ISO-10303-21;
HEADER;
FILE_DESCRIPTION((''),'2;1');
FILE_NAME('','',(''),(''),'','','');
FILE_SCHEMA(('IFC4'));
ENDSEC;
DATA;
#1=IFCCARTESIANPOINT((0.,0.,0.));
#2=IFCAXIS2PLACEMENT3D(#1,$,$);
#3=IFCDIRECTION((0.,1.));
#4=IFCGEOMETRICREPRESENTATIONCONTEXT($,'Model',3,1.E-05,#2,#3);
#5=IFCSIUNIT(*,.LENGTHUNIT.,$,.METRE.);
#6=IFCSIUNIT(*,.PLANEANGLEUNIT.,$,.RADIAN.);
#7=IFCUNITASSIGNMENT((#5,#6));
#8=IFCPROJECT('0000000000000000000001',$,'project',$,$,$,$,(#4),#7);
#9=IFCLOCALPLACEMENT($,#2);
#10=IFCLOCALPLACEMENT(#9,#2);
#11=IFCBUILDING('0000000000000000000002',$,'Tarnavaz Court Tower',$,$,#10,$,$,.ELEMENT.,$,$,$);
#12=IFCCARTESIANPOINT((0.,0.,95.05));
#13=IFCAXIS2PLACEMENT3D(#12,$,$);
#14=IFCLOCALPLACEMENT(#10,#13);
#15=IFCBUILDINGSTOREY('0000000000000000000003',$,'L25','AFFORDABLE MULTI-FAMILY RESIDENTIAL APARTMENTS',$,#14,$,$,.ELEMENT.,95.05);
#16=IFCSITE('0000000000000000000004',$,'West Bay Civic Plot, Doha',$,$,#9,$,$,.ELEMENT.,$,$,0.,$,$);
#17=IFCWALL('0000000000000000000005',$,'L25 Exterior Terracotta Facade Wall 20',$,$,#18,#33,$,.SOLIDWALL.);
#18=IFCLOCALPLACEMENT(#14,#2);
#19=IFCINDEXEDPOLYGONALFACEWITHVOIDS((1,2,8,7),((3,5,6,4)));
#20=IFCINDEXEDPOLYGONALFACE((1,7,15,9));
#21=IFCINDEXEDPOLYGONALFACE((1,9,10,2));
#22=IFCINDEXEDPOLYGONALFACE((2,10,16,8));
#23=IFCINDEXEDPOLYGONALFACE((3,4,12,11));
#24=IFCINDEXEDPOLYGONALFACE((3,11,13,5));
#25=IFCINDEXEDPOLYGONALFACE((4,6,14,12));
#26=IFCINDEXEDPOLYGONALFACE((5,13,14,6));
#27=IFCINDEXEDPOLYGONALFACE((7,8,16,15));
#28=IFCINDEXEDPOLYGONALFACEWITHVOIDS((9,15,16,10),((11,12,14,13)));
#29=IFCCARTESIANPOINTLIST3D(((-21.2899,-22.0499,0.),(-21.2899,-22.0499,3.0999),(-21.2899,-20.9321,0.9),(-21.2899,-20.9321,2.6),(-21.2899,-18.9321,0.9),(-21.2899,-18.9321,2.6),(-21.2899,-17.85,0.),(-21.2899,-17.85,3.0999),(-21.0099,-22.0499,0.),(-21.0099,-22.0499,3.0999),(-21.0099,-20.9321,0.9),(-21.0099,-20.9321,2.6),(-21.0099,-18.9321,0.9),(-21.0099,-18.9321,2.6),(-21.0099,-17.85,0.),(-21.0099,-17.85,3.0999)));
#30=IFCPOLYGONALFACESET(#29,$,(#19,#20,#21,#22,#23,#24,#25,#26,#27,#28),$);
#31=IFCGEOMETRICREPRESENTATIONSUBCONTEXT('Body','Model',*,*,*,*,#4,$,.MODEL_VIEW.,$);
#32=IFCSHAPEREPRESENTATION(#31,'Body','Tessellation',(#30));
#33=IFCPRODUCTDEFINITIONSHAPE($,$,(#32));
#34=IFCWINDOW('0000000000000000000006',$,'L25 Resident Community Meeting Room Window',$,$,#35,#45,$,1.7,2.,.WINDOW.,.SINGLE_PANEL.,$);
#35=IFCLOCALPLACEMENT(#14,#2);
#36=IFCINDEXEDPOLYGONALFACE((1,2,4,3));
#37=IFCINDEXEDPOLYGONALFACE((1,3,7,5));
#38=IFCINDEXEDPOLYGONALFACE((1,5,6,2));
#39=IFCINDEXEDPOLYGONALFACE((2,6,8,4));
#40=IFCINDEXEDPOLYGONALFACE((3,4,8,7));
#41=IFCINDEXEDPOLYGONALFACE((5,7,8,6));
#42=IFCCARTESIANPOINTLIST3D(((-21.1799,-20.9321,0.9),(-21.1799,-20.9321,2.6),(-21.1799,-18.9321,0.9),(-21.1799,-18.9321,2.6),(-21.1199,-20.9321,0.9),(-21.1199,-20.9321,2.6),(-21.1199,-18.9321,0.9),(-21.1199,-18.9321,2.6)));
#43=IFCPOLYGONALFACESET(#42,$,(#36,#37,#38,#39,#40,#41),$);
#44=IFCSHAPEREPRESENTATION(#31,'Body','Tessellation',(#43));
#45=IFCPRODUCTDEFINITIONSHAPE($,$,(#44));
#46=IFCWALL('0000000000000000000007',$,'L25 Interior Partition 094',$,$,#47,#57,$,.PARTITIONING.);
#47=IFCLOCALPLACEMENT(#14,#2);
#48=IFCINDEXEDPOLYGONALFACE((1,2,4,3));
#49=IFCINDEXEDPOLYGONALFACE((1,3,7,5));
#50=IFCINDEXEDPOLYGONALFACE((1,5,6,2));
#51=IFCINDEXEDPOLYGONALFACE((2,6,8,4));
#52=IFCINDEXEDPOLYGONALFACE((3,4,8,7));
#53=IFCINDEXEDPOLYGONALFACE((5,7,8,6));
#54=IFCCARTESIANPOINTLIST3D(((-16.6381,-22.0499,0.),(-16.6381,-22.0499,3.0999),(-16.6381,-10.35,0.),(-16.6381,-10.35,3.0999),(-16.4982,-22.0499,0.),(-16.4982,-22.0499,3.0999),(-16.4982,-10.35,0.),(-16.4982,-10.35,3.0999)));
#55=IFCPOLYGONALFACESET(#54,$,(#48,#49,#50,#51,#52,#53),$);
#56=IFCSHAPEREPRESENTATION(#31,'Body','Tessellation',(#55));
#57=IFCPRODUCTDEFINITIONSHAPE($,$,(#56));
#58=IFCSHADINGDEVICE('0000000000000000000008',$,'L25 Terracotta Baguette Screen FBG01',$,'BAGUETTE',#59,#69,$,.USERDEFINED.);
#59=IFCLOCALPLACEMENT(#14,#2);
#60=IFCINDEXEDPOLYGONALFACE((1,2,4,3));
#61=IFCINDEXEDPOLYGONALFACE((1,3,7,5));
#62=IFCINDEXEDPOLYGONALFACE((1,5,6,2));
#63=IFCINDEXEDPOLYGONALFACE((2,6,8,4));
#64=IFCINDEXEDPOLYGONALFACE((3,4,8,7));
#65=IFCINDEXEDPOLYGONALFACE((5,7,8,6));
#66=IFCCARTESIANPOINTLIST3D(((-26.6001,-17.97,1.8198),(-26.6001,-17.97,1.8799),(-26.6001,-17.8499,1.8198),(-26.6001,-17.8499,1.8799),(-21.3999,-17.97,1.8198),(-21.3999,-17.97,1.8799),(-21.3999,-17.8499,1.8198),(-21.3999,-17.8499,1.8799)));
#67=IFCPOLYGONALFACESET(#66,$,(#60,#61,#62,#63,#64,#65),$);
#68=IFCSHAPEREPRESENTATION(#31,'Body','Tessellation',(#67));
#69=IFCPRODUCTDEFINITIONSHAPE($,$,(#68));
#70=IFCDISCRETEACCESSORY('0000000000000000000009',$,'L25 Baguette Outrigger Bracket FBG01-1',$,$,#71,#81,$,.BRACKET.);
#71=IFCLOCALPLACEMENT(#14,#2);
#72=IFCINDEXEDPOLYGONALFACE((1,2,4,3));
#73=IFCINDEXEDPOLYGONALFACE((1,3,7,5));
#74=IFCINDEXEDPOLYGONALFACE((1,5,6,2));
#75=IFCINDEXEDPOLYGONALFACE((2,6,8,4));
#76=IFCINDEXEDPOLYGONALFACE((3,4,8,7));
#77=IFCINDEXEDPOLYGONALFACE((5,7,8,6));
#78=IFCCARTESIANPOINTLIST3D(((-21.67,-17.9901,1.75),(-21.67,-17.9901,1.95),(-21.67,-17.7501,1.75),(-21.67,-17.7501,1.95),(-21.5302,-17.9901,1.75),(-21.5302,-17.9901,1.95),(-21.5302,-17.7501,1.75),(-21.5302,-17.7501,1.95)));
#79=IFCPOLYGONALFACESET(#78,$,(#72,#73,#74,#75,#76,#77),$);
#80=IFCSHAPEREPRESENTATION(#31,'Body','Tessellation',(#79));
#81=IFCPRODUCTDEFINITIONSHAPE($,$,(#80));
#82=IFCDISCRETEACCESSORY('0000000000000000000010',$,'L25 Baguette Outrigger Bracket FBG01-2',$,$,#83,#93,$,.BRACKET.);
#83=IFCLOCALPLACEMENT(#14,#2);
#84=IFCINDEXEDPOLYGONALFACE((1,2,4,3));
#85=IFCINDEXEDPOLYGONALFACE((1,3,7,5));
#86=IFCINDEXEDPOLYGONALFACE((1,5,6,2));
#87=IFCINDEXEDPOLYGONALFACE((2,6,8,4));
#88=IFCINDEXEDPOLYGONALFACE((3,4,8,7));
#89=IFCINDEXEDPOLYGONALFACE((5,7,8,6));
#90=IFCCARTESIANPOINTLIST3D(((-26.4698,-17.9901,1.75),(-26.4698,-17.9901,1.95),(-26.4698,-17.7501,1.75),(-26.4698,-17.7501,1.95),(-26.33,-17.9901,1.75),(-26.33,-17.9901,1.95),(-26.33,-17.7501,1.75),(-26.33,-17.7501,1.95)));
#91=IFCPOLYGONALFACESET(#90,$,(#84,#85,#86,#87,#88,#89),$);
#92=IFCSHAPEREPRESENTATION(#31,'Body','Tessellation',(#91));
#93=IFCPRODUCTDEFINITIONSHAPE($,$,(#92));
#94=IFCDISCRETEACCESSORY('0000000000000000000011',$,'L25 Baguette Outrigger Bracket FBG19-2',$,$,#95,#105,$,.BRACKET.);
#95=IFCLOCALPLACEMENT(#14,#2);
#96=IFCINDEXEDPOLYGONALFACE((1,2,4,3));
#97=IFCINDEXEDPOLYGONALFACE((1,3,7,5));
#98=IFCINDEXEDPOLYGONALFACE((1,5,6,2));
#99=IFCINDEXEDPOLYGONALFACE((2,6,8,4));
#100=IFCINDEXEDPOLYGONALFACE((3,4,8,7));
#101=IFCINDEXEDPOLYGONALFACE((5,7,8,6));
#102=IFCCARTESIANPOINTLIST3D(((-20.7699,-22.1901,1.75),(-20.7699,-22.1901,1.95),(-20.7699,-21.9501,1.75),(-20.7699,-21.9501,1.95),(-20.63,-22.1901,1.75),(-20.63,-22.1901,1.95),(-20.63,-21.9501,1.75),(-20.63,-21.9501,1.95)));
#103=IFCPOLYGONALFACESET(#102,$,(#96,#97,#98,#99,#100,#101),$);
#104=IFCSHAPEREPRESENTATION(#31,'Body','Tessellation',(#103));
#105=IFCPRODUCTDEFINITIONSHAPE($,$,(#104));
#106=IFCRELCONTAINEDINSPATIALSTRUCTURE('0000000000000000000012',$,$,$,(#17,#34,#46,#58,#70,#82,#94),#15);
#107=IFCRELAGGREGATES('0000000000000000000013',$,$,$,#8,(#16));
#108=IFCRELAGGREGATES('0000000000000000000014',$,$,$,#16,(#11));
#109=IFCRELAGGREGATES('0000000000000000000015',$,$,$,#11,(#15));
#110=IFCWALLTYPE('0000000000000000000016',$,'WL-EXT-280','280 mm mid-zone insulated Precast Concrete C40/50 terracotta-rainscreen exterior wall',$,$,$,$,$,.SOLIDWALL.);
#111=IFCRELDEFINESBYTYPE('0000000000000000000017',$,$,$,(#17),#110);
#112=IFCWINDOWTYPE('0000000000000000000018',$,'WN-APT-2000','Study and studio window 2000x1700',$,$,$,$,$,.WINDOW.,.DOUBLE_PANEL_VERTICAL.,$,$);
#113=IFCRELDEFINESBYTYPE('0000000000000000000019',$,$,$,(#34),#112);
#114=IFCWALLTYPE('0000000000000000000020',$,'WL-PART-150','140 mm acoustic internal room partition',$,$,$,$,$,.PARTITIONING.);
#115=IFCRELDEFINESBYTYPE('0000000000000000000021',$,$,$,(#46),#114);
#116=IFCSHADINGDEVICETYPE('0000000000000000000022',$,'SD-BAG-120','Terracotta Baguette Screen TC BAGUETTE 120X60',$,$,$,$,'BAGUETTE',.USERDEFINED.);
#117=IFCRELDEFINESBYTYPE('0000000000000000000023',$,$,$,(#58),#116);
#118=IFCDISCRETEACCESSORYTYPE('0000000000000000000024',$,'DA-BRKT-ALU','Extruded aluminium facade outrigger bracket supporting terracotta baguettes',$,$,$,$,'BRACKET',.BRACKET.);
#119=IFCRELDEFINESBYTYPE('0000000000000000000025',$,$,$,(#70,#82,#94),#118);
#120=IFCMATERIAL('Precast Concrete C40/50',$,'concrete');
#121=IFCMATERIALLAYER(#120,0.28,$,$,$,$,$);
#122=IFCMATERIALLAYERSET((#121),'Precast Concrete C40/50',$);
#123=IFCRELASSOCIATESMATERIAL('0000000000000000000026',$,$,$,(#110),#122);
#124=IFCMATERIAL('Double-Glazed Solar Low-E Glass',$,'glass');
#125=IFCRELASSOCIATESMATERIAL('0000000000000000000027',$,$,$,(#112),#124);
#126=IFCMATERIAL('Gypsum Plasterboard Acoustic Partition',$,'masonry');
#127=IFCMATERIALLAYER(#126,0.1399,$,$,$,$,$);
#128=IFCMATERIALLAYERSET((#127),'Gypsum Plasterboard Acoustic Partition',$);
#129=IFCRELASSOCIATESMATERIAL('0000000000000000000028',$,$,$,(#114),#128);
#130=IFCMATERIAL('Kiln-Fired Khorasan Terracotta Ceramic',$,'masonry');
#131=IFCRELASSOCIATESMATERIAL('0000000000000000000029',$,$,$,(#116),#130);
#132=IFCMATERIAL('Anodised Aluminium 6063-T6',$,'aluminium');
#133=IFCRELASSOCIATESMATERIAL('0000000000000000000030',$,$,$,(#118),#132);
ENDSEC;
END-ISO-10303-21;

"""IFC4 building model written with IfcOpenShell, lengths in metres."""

from ifc_helpers import new_model, si_unit, direction, frame, frame_2d, origin, origin_2d, place, context, subcontext, project, spatial, rectangle, extrude, material, layer, layer_set, material_profile, profile_set, type_object, element, fill, save


model = new_model("IFC4")

# Units and contexts
model_context = context("Model", 3, precision=1e-05, world=origin(), true_north=direction((0.0, 1.0)))
body_context = subcontext(model_context, "Body", "Model", "MODEL_VIEW")
ifc_project = project(units=[si_unit("LENGTHUNIT", "METRE"), si_unit("PLANEANGLEUNIT", "RADIAN")], contexts=[model_context])

# Site, building, storey
site_placement = place(None, origin())
site = spatial("IfcSite", under=ifc_project, at=site_placement, Name="West Bay Civic Plot, Doha", CompositionType="ELEMENT", RefElevation=0.0)
building_placement = place(site_placement, origin())
building = spatial("IfcBuilding", under=site, at=building_placement, Name="Tarnavaz Court Tower", CompositionType="ELEMENT")
storey_placement = place(building_placement, frame((0.0, 0.0, 95.05)))
storey = spatial("IfcBuildingStorey", under=building, at=storey_placement, Name="L25", Description="AFFORDABLE MULTI-FAMILY RESIDENTIAL APARTMENTS", CompositionType="ELEMENT", Elevation=95.05)

# Shared definitions
ifc_material_1 = material(Name="Precast Concrete C40/50", Category="concrete")
ifc_layer_1 = layer(ifc_material_1, 0.28)
ifc_layer_set_1 = layer_set([ifc_layer_1], Name="Precast Concrete C40/50")
wall_type_1 = type_object("IfcWallType", Name="WL-EXT-280", Description="280 mm mid-zone insulated Precast Concrete C40/50 terracotta-rainscreen exterior wall", PredefinedType="SOLIDWALL", material=ifc_layer_set_1)
ifc_material_2 = material(Name="Double-Glazed Solar Low-E Glass", Category="glass")

# Shared definitions
window_type_1 = type_object("IfcWindowType", Name="WN-APT-2000", Description="Study and studio window 2000x1700", PartitioningType="DOUBLE_PANEL_VERTICAL", PredefinedType="WINDOW", material=ifc_material_2)

# Wall, opening, window
wall_1_placement = place(storey_placement, frame((-21.1499, -22.05, 0.0), z_axis=(0.0, 0.0, 1.0), x_axis=(0.0, 1.0, 0.0)))
wall_1 = element("IfcWall", 1, at=wall_1_placement, inside=storey, type_object=wall_type_1, Name="L25 Exterior Terracotta Facade Wall 20", PredefinedType="SOLIDWALL", context=body_context, shape_type="SweptSolid", body=[
    extrude(rectangle(XDim=4.2, YDim=0.28, at=frame_2d((2.1001, 0.0))), origin(), (0.0, 0.0, 1.0), 3.0999),
])
opening_1_placement = place(wall_1_placement, frame((1.1179, 0.0, 0.8999)))
opening_1 = element("IfcOpeningElement", 2, at=opening_1_placement, cuts=wall_1, PredefinedType="OPENING", context=body_context, shape_type="SweptSolid", body=[
    extrude(rectangle(XDim=2.0, YDim=1.7, at=frame_2d((1.0, 0.8501))), frame((0.0, 0.1499, 0.0), z_axis=(0.0, -1.0, 0.0), x_axis=(1.0, 0.0, 0.0)), (0.0, 0.0, 1.0), 0.3),
])
window_1_placement = place(opening_1_placement, origin())
window_1 = element("IfcWindow", 3, at=window_1_placement, inside=storey, type_object=window_type_1, Name="L25 Resident Community Meeting Room Window", OverallHeight=1.7, OverallWidth=2.0, PartitioningType="SINGLE_PANEL", PredefinedType="WINDOW", context=body_context, shape_type="SweptSolid", body=[
    extrude(rectangle(XDim=2.0, YDim=1.7, at=frame_2d((1.0, 0.8501))), frame((0.0, 0.03, 0.0), z_axis=(0.0, -1.0, 0.0), x_axis=(1.0, 0.0, 0.0)), (0.0, 0.0, 1.0), 0.0601),
])
fill(opening_1, window_1)

# Wall
ifc_material_3 = material(Name="Gypsum Plasterboard Acoustic Partition", Category="masonry")
ifc_layer_2 = layer(ifc_material_3, 0.1399)
ifc_layer_set_2 = layer_set([ifc_layer_2], Name="Gypsum Plasterboard Acoustic Partition")
wall_type_2 = type_object("IfcWallType", Name="WL-PART-150", Description="140 mm acoustic internal room partition", PredefinedType="PARTITIONING", material=ifc_layer_set_2)
wall_2_placement = place(storey_placement, frame((-16.5681, -22.05, 0.0), z_axis=(0.0, 0.0, 1.0), x_axis=(0.0, 1.0, 0.0)))
element("IfcWall", 4, at=wall_2_placement, inside=storey, type_object=wall_type_2, Name="L25 Interior Partition 094", PredefinedType="PARTITIONING", context=body_context, shape_type="SweptSolid", body=[
    extrude(rectangle(XDim=11.7, YDim=0.1399, at=frame_2d((5.8501, 0.0))), origin(), (0.0, 0.0, 1.0), 3.0999),
])

# Shading device
ifc_material_4 = material(Name="Kiln-Fired Khorasan Terracotta Ceramic", Category="masonry")
ifc_material_profile_1 = material_profile(ifc_material_4, rectangle(XDim=0.1201, YDim=0.0601, at=origin_2d()), Name="TC BAGUETTE 120X60")
ifc_profile_set_1 = profile_set([ifc_material_profile_1], Name="Kiln-Fired Khorasan Terracotta Ceramic")
shading_device_type = type_object("IfcShadingDeviceType", Name="SD-BAG-120", Description="Terracotta Baguette Screen TC BAGUETTE 120X60", ElementType="BAGUETTE", PredefinedType="USERDEFINED", material=ifc_profile_set_1)
shading_device_placement = place(storey_placement, frame((-21.3999, -17.9099, 1.8499), z_axis=(-1.0, 0.0, 0.0), x_axis=(0.0, -1.0, 0.0)))
element("IfcShadingDevice", 5, at=shading_device_placement, inside=storey, type_object=shading_device_type, Name="L25 Terracotta Baguette Screen FBG01", ObjectType="BAGUETTE", PredefinedType="USERDEFINED", context=body_context, shape_type="SweptSolid", body=[
    extrude(rectangle(XDim=0.1201, YDim=0.0601, at=origin_2d()), origin(), (0.0, 0.0, 1.0), 5.2002),
])

# Discrete accessories
ifc_material_5 = material(Name="Anodised Aluminium 6063-T6", Category="aluminium")
discrete_accessory_type = type_object("IfcDiscreteAccessoryType", Name="DA-BRKT-ALU", Description="Extruded aluminium facade outrigger bracket supporting terracotta baguettes", ElementType="BRACKET", PredefinedType="BRACKET", material=ifc_material_5)
for number, where, z_axis, x_axis, name in (
    (6, (-21.6001, -17.8701, 1.75), (0.0, 0.0, 1.0), (-1.0, 0.0, 0.0), "L25 Baguette Outrigger Bracket FBG01-1"),
    (7, (-26.3999, -17.8701, 1.75), (0.0, 0.0, 1.0), (-1.0, 0.0, 0.0), "L25 Baguette Outrigger Bracket FBG01-2"),
    (8, (-20.7, -22.0701, 1.75), (0.0, 0.0, 1.0), (-1.0, 0.0, 0.0), "L25 Baguette Outrigger Bracket FBG19-2"),
):
    element("IfcDiscreteAccessory", number, at=place(storey_placement, frame(where, z_axis=z_axis, x_axis=x_axis)), inside=storey, type_object=discrete_accessory_type, Name=name, PredefinedType="BRACKET", context=body_context, shape_type="SweptSolid", body=[
        extrude(rectangle(XDim=0.1399, YDim=0.24, at=origin_2d()), origin(), (0.0, 0.0, 1.0), 0.2),
    ])

save(model, "model.ifc")
